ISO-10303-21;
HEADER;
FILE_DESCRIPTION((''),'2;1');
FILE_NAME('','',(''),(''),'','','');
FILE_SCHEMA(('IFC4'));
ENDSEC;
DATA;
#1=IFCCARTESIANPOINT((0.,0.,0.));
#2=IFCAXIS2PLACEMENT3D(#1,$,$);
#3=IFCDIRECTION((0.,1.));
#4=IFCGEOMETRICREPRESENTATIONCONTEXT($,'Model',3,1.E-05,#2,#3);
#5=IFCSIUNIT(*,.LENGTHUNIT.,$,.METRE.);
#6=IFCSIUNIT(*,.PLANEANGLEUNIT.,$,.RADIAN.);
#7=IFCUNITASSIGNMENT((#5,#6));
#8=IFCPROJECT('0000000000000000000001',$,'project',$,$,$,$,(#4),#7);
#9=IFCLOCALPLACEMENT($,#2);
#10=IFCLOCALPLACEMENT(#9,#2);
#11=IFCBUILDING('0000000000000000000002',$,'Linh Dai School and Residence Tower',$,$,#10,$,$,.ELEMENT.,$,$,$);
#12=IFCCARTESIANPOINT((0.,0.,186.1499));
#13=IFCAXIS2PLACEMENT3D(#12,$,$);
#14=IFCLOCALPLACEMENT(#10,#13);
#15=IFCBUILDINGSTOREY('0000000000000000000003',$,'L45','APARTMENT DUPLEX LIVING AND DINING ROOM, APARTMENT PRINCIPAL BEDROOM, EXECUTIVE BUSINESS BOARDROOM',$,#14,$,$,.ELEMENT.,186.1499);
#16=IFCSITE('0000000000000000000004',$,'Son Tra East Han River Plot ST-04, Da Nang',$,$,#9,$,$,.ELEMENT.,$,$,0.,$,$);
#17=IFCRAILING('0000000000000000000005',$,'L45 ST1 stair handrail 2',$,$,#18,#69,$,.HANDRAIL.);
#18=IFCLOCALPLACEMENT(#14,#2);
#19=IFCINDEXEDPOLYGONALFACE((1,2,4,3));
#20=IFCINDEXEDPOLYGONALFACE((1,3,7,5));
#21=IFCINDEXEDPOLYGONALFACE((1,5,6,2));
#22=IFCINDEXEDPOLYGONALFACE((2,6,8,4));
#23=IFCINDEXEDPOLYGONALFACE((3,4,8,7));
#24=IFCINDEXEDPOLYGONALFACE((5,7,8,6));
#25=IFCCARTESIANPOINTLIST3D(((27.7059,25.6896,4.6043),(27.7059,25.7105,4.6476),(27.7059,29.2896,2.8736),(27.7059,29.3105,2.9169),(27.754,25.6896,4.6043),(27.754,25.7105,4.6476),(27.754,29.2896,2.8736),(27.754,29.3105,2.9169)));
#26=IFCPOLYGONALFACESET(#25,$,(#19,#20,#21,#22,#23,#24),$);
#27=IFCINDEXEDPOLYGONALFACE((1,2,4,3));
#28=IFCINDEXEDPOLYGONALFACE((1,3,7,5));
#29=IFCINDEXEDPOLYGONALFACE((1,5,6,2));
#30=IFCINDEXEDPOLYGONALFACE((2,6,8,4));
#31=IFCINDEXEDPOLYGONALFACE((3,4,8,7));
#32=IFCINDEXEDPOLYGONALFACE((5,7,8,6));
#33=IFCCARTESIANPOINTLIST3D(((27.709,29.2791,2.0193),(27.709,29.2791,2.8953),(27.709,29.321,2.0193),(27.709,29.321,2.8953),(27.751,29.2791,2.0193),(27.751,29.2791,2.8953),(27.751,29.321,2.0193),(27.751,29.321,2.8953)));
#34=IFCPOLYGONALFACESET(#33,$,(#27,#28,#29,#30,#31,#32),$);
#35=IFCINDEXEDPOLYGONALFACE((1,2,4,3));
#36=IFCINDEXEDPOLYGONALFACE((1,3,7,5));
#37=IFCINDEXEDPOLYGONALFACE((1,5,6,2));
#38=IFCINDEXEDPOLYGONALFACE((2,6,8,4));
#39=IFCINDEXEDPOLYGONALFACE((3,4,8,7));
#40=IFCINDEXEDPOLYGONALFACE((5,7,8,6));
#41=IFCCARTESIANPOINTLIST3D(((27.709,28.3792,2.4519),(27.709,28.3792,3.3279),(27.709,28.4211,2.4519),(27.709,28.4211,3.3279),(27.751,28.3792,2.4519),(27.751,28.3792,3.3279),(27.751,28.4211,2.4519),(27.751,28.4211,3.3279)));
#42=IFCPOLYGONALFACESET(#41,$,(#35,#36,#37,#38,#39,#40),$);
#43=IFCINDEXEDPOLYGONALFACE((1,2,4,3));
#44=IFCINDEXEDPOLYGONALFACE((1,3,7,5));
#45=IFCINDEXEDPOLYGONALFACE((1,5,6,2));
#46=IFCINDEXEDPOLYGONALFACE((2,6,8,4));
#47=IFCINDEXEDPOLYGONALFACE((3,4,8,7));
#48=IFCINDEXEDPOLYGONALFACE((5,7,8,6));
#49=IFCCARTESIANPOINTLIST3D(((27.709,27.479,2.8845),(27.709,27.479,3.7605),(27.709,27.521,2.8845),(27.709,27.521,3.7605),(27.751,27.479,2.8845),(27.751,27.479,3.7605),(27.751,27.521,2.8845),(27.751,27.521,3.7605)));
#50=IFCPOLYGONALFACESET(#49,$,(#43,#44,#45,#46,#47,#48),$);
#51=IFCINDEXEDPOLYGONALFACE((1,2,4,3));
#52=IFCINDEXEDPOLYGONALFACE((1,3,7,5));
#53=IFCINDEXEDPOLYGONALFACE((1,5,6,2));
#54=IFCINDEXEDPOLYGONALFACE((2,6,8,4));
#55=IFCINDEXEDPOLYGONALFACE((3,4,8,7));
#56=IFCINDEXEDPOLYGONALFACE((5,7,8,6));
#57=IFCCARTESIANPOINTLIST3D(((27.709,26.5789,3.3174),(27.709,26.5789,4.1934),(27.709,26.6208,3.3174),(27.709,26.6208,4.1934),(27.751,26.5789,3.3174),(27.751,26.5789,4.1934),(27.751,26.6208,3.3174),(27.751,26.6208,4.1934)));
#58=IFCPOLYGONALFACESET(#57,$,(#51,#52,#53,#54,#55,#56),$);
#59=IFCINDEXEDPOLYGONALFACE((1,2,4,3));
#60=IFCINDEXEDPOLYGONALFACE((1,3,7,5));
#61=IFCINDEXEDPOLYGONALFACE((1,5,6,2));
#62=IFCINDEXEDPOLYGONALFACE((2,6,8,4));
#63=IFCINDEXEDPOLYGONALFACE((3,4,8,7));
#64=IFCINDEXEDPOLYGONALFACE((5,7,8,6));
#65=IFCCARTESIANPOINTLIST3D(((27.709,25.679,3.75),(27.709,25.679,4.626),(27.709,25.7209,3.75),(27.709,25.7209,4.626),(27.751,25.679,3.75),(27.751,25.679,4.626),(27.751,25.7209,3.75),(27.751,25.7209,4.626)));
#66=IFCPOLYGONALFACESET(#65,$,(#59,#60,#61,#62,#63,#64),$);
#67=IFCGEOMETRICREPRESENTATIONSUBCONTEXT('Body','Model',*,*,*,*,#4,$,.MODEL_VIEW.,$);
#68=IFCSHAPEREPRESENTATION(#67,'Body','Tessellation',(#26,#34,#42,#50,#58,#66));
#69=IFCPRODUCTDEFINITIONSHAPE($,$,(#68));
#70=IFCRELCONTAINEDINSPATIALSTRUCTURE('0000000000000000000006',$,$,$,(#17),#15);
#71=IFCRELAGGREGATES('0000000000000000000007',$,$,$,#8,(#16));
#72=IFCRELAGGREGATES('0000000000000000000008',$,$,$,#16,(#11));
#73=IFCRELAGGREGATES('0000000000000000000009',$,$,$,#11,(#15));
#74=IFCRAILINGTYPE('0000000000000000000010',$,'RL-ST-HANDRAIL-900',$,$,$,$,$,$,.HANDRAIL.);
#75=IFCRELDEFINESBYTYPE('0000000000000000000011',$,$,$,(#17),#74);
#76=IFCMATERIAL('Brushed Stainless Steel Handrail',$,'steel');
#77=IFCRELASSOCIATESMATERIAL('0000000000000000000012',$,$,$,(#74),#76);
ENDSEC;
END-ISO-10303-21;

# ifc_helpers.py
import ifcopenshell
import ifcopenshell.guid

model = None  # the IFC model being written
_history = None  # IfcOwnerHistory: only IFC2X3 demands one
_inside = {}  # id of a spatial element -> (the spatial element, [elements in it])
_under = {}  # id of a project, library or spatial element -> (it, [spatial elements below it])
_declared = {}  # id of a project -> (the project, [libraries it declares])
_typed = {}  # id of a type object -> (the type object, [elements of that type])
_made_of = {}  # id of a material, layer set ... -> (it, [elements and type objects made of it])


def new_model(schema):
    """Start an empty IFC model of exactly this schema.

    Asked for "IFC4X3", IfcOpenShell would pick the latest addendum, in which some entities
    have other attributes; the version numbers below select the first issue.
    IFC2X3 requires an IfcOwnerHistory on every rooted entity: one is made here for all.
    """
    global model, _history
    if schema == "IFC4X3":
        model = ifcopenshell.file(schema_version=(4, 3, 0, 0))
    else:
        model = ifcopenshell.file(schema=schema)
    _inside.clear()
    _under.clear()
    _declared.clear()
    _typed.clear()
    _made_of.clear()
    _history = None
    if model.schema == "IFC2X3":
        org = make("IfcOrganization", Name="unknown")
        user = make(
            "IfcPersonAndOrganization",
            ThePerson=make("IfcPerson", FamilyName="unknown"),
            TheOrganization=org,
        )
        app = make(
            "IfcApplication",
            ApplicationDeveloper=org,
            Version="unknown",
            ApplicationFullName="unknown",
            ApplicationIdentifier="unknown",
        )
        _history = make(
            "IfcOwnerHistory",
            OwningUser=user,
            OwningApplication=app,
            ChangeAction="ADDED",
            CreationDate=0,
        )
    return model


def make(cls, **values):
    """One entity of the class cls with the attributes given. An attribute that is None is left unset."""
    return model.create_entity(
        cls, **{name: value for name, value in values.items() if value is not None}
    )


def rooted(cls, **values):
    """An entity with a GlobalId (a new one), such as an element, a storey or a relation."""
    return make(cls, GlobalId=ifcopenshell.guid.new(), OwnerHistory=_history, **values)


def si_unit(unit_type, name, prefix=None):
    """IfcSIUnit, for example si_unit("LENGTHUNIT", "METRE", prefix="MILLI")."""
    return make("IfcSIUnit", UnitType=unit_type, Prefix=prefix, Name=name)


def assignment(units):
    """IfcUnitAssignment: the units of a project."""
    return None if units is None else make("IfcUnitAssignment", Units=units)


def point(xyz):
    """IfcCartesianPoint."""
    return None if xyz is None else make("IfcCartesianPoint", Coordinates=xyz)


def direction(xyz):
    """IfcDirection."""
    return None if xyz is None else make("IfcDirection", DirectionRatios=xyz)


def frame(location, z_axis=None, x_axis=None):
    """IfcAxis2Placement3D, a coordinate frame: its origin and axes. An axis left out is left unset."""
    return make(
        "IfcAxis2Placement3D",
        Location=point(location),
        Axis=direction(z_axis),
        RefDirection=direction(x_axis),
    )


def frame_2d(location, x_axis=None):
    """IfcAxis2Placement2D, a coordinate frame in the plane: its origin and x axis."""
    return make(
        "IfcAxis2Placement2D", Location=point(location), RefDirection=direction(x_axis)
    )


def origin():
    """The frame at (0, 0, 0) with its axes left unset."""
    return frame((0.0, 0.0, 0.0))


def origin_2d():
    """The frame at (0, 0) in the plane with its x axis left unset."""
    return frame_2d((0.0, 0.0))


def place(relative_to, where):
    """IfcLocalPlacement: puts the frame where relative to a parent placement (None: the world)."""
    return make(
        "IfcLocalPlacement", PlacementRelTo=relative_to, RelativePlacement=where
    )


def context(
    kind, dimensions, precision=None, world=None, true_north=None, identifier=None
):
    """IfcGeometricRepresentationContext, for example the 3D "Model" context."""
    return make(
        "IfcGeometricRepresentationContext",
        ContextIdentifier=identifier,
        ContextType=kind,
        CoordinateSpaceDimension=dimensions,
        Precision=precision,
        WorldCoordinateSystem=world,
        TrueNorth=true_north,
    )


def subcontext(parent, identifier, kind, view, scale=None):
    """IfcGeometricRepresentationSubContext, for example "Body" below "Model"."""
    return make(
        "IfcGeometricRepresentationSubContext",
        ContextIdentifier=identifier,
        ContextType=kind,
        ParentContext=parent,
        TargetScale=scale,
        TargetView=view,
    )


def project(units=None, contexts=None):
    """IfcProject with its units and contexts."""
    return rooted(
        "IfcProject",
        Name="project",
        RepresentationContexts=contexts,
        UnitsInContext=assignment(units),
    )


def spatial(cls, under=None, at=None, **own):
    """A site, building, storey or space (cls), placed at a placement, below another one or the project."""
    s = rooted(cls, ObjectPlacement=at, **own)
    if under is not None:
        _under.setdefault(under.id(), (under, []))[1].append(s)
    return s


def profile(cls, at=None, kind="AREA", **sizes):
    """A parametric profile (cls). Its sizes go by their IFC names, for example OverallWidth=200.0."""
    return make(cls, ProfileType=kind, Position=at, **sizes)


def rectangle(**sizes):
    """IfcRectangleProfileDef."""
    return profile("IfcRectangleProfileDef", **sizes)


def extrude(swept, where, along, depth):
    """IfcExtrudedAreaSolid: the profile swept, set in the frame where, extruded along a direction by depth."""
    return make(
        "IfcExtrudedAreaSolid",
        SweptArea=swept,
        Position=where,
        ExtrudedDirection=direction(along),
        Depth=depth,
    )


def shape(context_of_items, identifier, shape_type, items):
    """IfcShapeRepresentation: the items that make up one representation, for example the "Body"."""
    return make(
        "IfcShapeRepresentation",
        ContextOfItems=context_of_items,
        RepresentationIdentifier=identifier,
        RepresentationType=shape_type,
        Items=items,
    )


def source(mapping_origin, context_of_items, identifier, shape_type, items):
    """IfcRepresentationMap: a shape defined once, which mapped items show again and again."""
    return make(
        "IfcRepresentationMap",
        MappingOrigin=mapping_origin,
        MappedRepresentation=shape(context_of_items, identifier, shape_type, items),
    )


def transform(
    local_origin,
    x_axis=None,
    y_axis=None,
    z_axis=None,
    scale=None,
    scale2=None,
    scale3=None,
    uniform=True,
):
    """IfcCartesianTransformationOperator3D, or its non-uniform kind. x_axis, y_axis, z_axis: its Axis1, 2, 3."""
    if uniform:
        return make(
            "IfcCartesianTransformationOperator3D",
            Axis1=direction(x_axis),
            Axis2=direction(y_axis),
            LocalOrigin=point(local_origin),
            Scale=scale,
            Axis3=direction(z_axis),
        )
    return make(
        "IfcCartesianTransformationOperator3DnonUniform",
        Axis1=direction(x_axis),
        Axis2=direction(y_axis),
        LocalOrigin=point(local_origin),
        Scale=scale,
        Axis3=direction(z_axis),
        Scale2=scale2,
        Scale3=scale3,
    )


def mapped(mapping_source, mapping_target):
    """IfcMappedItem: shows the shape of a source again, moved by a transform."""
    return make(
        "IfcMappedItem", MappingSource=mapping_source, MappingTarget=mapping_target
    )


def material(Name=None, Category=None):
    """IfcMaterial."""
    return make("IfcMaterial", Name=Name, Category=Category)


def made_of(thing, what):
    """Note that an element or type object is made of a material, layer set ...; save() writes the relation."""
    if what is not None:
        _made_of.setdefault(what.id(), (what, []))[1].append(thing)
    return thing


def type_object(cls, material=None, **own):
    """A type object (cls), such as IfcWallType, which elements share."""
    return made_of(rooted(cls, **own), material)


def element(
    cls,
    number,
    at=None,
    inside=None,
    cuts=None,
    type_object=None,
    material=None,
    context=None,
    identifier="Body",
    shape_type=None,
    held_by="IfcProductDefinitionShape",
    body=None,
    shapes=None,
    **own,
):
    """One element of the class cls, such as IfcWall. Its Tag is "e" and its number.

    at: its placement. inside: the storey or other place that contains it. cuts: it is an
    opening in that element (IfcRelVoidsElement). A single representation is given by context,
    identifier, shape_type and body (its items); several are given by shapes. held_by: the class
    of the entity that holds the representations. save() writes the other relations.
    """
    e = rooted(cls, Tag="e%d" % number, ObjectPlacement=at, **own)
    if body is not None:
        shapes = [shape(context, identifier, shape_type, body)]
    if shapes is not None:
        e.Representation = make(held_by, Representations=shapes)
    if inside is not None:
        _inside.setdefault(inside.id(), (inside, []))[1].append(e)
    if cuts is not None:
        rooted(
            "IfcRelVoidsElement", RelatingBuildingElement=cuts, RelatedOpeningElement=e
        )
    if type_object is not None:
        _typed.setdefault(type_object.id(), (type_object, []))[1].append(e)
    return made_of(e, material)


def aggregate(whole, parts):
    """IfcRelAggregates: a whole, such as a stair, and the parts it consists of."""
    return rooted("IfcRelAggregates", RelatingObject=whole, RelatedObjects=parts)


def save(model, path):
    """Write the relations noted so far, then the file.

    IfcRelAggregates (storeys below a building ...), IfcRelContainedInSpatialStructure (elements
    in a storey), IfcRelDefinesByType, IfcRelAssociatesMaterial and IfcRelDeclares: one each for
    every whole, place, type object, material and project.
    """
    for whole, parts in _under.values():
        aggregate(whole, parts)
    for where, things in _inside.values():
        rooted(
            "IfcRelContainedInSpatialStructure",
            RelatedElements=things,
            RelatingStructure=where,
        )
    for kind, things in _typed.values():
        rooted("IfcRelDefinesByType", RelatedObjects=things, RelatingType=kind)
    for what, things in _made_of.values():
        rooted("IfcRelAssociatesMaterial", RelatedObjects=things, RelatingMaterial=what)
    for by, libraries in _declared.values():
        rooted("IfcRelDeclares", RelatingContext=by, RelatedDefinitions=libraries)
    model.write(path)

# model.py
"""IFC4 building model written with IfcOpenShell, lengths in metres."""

from ifc_helpers import new_model, si_unit, direction, frame, origin, origin_2d, place, context, subcontext, project, spatial, rectangle, extrude, source, transform, mapped, material, type_object, element, save


model = new_model("IFC4")

# Units and contexts
model_context = context("Model", 3, precision=1e-05, world=origin(), true_north=direction((0.0, 1.0)))
body_context = subcontext(model_context, "Body", "Model", "MODEL_VIEW")
ifc_project = project(units=[si_unit("LENGTHUNIT", "METRE"), si_unit("PLANEANGLEUNIT", "RADIAN")], contexts=[model_context])

# Site, building, storey
site_placement = place(None, origin())
site = spatial("IfcSite", under=ifc_project, at=site_placement, Name="Son Tra East Han River Plot ST-04, Da Nang", CompositionType="ELEMENT", RefElevation=0.0)
building_placement = place(site_placement, origin())
building = spatial("IfcBuilding", under=site, at=building_placement, Name="Linh Dai School and Residence Tower", CompositionType="ELEMENT")
storey_placement = place(building_placement, frame((0.0, 0.0, 186.1499)))
storey = spatial("IfcBuildingStorey", under=building, at=storey_placement, Name="L45", Description="APARTMENT DUPLEX LIVING AND DINING ROOM, APARTMENT PRINCIPAL BEDROOM, EXECUTIVE BUSINESS BOARDROOM", CompositionType="ELEMENT", Elevation=186.1499)

# Railing
ifc_material_1 = material(Name="Brushed Stainless Steel Handrail", Category="steel")
railing_type_1 = type_object("IfcRailingType", Name="RL-ST-HANDRAIL-900", PredefinedType="HANDRAIL", material=ifc_material_1)
shared_shape_1 = source(origin(), body_context, "Body", "SweptSolid", [
    extrude(rectangle(XDim=0.0481, YDim=0.0481, at=origin_2d()), frame((0.0, 0.0, 0.876), z_axis=(0.0, -0.901263, 0.433273), x_axis=(1.0, 0.0, 0.0)), (0.0, 0.0, 1.0), 3.9944),
    extrude(rectangle(XDim=0.042, YDim=0.042, at=origin_2d()), origin(), (0.0, 0.0, 1.0), 0.876),
    extrude(rectangle(XDim=0.042, YDim=0.042, at=origin_2d()), frame((0.0, -0.8999, 0.4326)), (0.0, 0.0, 1.0), 0.876),
    extrude(rectangle(XDim=0.042, YDim=0.042, at=origin_2d()), frame((0.0, -1.8, 0.8652)), (0.0, 0.0, 1.0), 0.876),
    extrude(rectangle(XDim=0.042, YDim=0.042, at=origin_2d()), frame((0.0, -2.7002, 1.2981)), (0.0, 0.0, 1.0), 0.876),
    extrude(rectangle(XDim=0.042, YDim=0.042, at=origin_2d()), frame((0.0, -3.6001, 1.7307)), (0.0, 0.0, 1.0), 0.876),
])
railing_1_placement = place(storey_placement, frame((27.73, 29.3, 2.0193)))
element("IfcRailing", 1, at=railing_1_placement, inside=storey, type_object=railing_type_1, Name="L45 ST1 stair handrail 2", PredefinedType="HANDRAIL", context=body_context, shape_type="MappedRepresentation", body=[
    mapped(shared_shape_1, transform((0.0, 0.0, 0.0), x_axis=(1.0, 0.0, 0.0), y_axis=(0.0, 1.0, 0.0), z_axis=(0.0, 0.0, 1.0), scale=1.0)),
])

save(model, "model.ifc")
